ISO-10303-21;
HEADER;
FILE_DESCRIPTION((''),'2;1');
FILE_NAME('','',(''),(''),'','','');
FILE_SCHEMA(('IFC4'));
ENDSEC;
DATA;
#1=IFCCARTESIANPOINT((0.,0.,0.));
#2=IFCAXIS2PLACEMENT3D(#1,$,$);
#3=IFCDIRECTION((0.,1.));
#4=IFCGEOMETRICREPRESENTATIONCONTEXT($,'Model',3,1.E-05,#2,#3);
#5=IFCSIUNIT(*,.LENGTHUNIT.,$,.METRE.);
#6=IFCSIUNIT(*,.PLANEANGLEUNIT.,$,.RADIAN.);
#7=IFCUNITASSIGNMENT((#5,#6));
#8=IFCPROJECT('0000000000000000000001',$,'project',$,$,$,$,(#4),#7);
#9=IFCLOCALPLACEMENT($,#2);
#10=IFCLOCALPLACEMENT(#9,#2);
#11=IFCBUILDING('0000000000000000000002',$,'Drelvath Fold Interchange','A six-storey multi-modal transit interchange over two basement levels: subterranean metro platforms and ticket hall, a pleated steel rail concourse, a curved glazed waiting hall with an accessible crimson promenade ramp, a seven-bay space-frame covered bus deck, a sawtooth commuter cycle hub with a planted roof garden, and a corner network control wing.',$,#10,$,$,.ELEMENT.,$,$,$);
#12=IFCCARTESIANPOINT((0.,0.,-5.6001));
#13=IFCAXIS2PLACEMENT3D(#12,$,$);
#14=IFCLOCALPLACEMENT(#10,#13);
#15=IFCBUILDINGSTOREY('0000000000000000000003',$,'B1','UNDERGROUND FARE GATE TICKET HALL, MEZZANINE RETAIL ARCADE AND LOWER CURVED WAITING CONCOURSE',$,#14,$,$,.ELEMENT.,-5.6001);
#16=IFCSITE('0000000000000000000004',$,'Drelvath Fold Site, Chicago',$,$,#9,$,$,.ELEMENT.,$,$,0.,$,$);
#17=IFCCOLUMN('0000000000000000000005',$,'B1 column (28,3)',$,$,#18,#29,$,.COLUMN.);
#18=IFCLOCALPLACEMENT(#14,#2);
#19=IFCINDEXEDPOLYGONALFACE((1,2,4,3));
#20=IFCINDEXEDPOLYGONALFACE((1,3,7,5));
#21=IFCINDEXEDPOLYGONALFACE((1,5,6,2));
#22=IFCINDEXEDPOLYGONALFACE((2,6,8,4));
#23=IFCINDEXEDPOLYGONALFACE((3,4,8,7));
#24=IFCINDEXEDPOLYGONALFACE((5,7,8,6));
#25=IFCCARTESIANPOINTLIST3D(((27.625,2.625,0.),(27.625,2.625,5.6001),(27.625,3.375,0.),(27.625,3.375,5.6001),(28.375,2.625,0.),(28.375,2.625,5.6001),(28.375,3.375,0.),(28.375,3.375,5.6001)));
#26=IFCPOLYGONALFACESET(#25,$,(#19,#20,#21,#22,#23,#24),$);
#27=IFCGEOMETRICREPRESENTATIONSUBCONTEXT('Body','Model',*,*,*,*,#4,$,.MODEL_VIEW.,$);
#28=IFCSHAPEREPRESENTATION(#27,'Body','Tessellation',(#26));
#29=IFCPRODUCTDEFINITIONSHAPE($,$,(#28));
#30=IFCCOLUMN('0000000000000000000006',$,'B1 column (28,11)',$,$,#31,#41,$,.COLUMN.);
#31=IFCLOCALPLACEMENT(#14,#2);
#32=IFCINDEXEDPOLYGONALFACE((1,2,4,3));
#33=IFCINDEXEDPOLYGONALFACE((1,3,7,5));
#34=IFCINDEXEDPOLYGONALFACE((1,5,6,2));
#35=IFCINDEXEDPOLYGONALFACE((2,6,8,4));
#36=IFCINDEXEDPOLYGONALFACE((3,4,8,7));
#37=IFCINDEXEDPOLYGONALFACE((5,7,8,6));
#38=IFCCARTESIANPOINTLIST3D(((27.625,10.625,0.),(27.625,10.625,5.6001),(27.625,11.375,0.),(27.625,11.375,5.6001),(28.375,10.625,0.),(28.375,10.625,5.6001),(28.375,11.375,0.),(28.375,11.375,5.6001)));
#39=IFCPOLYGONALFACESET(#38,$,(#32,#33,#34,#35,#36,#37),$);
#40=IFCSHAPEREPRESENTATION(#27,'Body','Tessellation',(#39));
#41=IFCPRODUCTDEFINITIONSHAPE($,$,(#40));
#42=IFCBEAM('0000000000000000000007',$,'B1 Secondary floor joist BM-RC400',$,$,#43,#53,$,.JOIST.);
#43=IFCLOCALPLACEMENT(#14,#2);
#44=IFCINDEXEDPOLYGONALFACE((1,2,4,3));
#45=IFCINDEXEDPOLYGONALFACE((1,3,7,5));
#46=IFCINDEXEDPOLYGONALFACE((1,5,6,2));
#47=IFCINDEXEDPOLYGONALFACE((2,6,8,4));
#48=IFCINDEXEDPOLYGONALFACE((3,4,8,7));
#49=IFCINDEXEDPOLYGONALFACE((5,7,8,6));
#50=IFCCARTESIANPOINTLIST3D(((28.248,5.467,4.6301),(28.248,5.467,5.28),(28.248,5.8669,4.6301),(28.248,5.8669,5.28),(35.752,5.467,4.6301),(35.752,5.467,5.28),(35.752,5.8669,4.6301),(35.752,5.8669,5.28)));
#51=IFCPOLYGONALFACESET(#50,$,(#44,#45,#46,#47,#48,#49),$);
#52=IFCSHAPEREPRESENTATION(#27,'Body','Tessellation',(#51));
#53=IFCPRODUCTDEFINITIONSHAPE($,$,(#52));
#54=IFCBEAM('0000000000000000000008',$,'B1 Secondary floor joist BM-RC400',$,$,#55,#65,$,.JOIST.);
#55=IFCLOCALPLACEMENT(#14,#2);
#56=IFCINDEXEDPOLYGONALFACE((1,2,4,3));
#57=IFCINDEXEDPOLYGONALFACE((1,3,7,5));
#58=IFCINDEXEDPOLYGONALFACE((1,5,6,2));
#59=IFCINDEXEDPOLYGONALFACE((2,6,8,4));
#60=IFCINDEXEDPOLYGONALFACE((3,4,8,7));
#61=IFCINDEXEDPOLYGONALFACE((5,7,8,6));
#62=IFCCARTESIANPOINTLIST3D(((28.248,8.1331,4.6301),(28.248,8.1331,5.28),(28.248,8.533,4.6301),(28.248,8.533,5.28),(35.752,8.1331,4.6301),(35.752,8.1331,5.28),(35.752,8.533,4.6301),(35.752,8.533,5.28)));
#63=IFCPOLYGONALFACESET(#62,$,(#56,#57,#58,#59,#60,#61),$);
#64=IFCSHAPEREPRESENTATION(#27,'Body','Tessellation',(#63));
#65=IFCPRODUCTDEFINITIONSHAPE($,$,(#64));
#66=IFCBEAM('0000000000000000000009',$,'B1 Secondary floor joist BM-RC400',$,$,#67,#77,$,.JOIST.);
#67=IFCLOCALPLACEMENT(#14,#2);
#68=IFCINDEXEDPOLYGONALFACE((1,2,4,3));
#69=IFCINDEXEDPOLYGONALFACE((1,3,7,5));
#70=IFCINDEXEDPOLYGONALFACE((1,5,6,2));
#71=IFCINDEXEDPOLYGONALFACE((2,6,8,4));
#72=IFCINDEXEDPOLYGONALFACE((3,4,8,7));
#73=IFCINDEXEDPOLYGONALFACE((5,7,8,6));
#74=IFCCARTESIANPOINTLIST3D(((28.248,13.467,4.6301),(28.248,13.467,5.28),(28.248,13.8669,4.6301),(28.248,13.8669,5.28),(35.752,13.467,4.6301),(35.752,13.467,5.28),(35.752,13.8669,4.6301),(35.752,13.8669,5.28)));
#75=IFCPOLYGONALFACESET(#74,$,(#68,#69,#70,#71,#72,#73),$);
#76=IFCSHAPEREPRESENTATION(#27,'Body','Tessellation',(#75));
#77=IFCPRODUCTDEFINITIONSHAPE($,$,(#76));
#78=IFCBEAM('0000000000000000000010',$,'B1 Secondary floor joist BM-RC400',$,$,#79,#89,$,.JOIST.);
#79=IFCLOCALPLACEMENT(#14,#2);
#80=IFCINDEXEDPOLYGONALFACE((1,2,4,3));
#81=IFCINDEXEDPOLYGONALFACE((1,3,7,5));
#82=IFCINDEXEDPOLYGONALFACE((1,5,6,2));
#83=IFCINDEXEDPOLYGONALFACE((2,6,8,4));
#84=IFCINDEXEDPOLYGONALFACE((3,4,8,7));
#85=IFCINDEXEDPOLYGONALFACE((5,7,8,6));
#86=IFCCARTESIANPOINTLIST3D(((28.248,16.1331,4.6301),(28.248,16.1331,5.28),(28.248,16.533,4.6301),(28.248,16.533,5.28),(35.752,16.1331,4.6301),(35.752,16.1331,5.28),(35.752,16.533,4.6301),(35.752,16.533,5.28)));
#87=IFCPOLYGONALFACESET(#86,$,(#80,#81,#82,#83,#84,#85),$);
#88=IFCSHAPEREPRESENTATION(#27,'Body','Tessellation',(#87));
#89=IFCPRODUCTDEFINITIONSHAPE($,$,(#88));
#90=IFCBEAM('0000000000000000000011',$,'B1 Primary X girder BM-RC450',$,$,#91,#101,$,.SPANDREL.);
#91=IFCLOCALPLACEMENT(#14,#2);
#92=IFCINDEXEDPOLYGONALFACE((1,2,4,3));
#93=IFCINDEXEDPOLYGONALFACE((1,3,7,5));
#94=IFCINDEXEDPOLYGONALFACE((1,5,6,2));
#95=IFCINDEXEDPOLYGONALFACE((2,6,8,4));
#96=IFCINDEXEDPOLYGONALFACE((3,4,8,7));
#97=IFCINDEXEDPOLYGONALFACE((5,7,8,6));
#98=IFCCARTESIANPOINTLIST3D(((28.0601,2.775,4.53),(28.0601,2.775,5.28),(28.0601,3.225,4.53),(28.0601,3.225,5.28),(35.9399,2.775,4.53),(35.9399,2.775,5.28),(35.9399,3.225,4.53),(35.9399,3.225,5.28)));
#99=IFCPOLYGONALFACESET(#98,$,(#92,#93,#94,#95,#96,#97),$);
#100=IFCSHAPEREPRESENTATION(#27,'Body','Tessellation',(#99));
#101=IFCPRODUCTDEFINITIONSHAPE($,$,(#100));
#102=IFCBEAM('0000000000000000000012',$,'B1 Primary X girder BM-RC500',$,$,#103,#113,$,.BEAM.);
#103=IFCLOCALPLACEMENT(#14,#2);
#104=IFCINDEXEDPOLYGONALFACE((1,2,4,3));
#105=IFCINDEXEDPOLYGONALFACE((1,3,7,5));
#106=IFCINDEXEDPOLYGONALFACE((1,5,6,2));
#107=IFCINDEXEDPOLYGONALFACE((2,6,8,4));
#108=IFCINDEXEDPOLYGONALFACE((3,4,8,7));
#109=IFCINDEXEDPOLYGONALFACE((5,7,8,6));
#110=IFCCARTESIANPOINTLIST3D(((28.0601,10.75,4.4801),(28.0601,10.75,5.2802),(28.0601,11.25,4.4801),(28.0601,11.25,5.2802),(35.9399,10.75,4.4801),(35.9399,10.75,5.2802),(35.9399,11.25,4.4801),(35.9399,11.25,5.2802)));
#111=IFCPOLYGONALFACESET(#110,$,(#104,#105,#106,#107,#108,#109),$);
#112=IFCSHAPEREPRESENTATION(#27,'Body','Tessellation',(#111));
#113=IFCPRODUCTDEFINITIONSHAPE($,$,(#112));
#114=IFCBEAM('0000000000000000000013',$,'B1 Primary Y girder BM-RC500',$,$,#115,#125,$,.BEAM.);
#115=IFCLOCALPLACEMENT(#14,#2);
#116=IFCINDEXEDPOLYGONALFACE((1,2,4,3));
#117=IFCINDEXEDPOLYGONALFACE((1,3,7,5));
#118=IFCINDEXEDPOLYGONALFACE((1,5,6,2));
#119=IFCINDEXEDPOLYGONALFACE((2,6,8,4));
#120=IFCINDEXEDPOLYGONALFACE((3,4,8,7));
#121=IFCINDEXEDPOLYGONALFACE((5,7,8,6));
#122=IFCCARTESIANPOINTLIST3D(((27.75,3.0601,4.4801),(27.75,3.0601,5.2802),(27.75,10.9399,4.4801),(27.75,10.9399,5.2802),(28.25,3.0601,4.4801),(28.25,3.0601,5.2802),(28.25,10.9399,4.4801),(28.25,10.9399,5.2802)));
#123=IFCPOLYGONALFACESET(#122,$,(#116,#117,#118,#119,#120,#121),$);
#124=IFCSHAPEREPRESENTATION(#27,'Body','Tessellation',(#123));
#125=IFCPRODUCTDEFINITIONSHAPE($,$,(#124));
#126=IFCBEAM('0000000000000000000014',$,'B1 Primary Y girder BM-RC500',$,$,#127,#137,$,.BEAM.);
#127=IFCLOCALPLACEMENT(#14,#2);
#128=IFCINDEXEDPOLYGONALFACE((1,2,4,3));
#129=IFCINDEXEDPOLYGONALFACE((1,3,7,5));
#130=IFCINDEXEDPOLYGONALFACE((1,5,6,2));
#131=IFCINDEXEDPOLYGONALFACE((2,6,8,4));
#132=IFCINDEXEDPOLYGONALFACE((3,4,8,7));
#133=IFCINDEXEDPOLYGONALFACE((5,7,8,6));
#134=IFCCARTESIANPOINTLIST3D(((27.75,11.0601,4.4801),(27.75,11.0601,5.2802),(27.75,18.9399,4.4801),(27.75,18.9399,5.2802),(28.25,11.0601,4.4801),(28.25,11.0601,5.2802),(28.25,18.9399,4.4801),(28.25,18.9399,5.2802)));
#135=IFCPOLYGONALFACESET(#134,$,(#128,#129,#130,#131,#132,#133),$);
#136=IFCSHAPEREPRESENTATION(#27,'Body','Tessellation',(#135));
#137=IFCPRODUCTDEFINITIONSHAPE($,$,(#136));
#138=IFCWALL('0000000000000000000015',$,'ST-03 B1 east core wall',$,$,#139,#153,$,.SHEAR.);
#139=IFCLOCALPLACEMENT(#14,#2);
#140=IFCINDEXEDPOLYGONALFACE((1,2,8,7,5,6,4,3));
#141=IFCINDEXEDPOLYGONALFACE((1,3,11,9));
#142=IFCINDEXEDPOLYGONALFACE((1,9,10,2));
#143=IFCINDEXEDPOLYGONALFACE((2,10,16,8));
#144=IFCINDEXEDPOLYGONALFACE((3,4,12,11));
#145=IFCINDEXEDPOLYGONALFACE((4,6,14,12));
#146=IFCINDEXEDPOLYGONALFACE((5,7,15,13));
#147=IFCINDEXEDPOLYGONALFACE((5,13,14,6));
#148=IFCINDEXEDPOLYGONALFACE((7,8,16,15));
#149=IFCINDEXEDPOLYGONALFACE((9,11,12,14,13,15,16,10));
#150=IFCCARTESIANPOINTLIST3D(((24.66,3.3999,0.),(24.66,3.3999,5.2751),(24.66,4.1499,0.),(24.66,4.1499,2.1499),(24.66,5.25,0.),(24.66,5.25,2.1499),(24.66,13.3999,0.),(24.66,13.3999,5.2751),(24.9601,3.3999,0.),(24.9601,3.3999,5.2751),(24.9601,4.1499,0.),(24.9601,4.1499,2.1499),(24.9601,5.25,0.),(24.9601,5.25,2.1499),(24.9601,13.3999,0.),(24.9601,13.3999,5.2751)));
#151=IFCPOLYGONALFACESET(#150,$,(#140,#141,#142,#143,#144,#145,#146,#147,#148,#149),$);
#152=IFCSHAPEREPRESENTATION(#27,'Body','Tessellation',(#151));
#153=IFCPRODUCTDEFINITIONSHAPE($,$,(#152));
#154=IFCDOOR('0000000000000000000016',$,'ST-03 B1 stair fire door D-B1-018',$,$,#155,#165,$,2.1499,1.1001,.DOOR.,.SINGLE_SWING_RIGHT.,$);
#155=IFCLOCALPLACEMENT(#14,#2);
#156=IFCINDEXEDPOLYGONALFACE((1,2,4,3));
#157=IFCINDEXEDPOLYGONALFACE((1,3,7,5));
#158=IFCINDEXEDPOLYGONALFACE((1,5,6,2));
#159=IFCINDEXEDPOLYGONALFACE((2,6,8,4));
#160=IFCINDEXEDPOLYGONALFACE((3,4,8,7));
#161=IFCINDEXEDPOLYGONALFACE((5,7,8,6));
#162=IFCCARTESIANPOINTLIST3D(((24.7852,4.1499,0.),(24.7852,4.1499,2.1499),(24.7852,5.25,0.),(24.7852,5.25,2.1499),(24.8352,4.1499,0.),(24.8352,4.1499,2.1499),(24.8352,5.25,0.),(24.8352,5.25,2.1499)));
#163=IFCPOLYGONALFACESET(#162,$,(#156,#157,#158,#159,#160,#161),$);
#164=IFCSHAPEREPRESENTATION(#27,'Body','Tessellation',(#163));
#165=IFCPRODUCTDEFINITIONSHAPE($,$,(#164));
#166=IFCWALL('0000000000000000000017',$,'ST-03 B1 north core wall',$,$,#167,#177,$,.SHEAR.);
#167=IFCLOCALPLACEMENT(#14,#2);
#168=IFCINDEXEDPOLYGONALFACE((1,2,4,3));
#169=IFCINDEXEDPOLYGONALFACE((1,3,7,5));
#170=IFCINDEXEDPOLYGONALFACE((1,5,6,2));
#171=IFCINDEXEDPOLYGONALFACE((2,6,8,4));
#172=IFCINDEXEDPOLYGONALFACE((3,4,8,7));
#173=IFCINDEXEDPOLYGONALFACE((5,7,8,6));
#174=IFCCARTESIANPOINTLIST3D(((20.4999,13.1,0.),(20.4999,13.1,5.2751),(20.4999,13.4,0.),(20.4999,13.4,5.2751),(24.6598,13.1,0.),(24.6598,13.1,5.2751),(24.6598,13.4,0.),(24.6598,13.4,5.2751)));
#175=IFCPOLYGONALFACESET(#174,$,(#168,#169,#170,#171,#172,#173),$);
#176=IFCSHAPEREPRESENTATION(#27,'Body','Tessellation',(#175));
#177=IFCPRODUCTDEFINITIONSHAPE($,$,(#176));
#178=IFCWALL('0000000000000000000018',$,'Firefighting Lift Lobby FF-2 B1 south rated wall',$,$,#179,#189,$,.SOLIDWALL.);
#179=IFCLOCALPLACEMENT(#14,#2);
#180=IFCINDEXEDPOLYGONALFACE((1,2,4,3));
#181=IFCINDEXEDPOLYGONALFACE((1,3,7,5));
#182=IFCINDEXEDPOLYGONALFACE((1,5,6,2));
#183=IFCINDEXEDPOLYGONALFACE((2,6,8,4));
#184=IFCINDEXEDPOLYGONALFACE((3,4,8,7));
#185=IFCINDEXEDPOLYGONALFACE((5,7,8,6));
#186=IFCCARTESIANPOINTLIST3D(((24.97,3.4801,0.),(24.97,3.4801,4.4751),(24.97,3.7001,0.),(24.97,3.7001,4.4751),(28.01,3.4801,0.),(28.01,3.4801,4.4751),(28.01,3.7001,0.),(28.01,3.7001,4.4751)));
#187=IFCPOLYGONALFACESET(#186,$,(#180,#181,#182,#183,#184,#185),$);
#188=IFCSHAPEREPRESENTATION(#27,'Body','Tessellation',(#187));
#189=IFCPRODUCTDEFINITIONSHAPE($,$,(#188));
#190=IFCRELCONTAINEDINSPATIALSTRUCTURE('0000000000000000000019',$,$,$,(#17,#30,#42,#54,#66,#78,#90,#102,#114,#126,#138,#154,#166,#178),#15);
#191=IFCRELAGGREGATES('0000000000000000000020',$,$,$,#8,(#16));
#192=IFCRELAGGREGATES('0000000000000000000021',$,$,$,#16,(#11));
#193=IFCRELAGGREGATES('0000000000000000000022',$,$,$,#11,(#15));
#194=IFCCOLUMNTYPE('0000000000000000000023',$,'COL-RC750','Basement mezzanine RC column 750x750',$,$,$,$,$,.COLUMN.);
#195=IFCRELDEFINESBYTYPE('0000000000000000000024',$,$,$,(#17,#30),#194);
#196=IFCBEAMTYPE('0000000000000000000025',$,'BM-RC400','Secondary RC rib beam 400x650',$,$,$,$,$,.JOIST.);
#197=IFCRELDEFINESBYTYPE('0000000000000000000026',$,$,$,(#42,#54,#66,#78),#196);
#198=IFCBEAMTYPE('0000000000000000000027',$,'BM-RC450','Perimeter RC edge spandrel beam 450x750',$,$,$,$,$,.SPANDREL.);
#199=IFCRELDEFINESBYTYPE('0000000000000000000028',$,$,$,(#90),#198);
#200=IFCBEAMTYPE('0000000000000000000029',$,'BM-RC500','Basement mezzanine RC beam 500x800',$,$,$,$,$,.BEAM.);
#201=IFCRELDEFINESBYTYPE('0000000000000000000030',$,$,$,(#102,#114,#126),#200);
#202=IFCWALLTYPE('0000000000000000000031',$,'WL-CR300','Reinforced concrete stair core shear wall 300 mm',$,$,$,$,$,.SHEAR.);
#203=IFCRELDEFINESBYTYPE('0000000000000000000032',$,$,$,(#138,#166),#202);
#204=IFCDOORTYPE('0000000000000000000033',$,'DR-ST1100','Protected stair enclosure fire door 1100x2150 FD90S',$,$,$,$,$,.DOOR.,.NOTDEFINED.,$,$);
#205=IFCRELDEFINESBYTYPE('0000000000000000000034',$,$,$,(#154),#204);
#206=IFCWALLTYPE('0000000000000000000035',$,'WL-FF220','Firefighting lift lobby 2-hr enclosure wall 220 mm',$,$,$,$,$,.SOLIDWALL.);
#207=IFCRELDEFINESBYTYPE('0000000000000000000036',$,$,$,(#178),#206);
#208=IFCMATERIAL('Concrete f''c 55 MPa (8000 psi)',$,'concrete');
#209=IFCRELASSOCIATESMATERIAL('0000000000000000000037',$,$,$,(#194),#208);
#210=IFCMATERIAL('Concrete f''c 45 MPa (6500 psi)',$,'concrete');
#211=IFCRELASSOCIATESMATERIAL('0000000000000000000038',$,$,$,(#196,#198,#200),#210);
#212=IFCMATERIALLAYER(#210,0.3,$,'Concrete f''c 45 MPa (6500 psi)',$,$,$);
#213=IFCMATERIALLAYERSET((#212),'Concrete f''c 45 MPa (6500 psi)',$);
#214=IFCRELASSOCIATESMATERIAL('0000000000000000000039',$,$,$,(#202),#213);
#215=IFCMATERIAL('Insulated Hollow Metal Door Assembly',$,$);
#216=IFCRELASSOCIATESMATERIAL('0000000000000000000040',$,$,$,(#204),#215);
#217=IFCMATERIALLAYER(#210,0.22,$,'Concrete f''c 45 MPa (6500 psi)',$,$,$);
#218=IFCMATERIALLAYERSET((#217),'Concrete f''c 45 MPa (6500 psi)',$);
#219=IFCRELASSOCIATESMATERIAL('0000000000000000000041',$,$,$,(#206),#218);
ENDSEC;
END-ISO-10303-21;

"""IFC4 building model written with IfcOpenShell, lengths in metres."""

from ifc_helpers import new_model, si_unit, direction, frame, frame_2d, origin, origin_2d, place, context, subcontext, project, spatial, rectangle, extrude, material, layer, layer_set, material_profile, profile_set, type_object, element, fill, save


model = new_model("IFC4")

# Units and contexts
model_context = context("Model", 3, precision=1e-05, world=origin(), true_north=direction((0.0, 1.0)))
body_context = subcontext(model_context, "Body", "Model", "MODEL_VIEW")
ifc_project = project(units=[si_unit("LENGTHUNIT", "METRE"), si_unit("PLANEANGLEUNIT", "RADIAN")], contexts=[model_context])

# Site, building, storey
site_placement = place(None, origin())
site = spatial("IfcSite", under=ifc_project, at=site_placement, Name="Drelvath Fold Site, Chicago", CompositionType="ELEMENT", RefElevation=0.0)
building_placement = place(site_placement, origin())
building = spatial("IfcBuilding", under=site, at=building_placement, Name="Drelvath Fold Interchange", Description="A six-storey multi-modal transit interchange over two basement levels: subterranean metro platforms and ticket hall, a pleated steel rail concourse, a curved glazed waiting hall with an accessible crimson promenade ramp, a seven-bay space-frame covered bus deck, a sawtooth commuter cycle hub with a planted roof garden, and a corner network control wing.", CompositionType="ELEMENT")
storey_placement = place(building_placement, frame((0.0, 0.0, -5.6001)))
storey = spatial("IfcBuildingStorey", under=building, at=storey_placement, Name="B1", Description="UNDERGROUND FARE GATE TICKET HALL, MEZZANINE RETAIL ARCADE AND LOWER CURVED WAITING CONCOURSE", CompositionType="ELEMENT", Elevation=-5.6001)

# Columns
ifc_material_1 = material(Name="Concrete f'c 55 MPa (8000 psi)", Category="concrete")
ifc_material_profile_1 = material_profile(ifc_material_1, rectangle(XDim=0.75, YDim=0.75, at=origin_2d()), Name="RC 750x750")
ifc_profile_set_1 = profile_set([ifc_material_profile_1], Name="Concrete f'c 55 MPa (8000 psi)")
column_type = type_object("IfcColumnType", Name="COL-RC750", Description="Basement mezzanine RC column 750x750", PredefinedType="COLUMN", material=ifc_profile_set_1)
for number, where, z_axis, x_axis, name in (
    (1, (28.0, 3.0, 0.0), (0.0, 0.0, 1.0), (1.0, 0.0, 0.0), "B1 column (28,3)"),
    (2, (28.0, 11.0, 0.0), (0.0, 0.0, 1.0), (1.0, 0.0, 0.0), "B1 column (28,11)"),
):
    element("IfcColumn", number, at=place(storey_placement, frame(where, z_axis=z_axis, x_axis=x_axis)), inside=storey, type_object=column_type, Name=name, PredefinedType="COLUMN", context=body_context, shape_type="SweptSolid", body=[
        extrude(rectangle(XDim=0.75, YDim=0.75, at=origin_2d()), origin(), (0.0, 0.0, 1.0), 5.6001),
    ])

# Beams
ifc_material_2 = material(Name="Concrete f'c 45 MPa (6500 psi)", Category="concrete")
ifc_material_profile_2 = material_profile(ifc_material_2, rectangle(XDim=0.3999, YDim=0.6499, at=origin_2d()), Name="RC 400x650")
ifc_profile_set_2 = profile_set([ifc_material_profile_2], Name="Concrete f'c 45 MPa (6500 psi)")
beam_type_1 = type_object("IfcBeamType", Name="BM-RC400", Description="Secondary RC rib beam 400x650", PredefinedType="JOIST", material=ifc_profile_set_2)
for number, where, z_axis, x_axis, name in (
    (3, (28.248, 5.667, 4.9551), (1.0, 0.0, 0.0), (0.0, 1.0, 0.0), "B1 Secondary floor joist BM-RC400"),
    (4, (28.248, 8.333, 4.9551), (1.0, 0.0, 0.0), (0.0, 1.0, 0.0), "B1 Secondary floor joist BM-RC400"),
    (5, (28.248, 13.667, 4.9551), (1.0, 0.0, 0.0), (0.0, 1.0, 0.0), "B1 Secondary floor joist BM-RC400"),
    (6, (28.248, 16.333, 4.9551), (1.0, 0.0, 0.0), (0.0, 1.0, 0.0), "B1 Secondary floor joist BM-RC400"),
):
    element("IfcBeam", number, at=place(storey_placement, frame(where, z_axis=z_axis, x_axis=x_axis)), inside=storey, type_object=beam_type_1, Name=name, PredefinedType="JOIST", context=body_context, shape_type="SweptSolid", body=[
        extrude(rectangle(XDim=0.3999, YDim=0.6499, at=origin_2d()), origin(), (0.0, 0.0, 1.0), 7.5039),
    ])
ifc_material_profile_3 = material_profile(ifc_material_2, rectangle(XDim=0.45, YDim=0.75, at=origin_2d()), Name="RC 450x750")
ifc_profile_set_3 = profile_set([ifc_material_profile_3], Name="Concrete f'c 45 MPa (6500 psi)")
beam_type_2 = type_object("IfcBeamType", Name="BM-RC450", Description="Perimeter RC edge spandrel beam 450x750", PredefinedType="SPANDREL", material=ifc_profile_set_3)
beam_placement = place(storey_placement, frame((28.0601, 3.0, 4.905), z_axis=(1.0, 0.0, 0.0), x_axis=(0.0, 1.0, 0.0)))
element("IfcBeam", 7, at=beam_placement, inside=storey, type_object=beam_type_2, Name="B1 Primary X girder BM-RC450", PredefinedType="SPANDREL", context=body_context, shape_type="SweptSolid", body=[
    extrude(rectangle(XDim=0.45, YDim=0.75, at=origin_2d()), origin(), (0.0, 0.0, 1.0), 7.8799),
])
ifc_material_profile_4 = material_profile(ifc_material_2, rectangle(XDim=0.5, YDim=0.8, at=origin_2d()), Name="RC 500x800")
ifc_profile_set_4 = profile_set([ifc_material_profile_4], Name="Concrete f'c 45 MPa (6500 psi)")
beam_type_3 = type_object("IfcBeamType", Name="BM-RC500", Description="Basement mezzanine RC beam 500x800", PredefinedType="BEAM", material=ifc_profile_set_4)
for number, where, z_axis, x_axis, name in (
    (8, (28.0601, 11.0, 4.8801), (1.0, 0.0, 0.0), (0.0, 1.0, 0.0), "B1 Primary X girder BM-RC500"),
    (9, (28.0, 3.0601, 4.8801), (0.0, 1.0, 0.0), (-1.0, 0.0, 0.0), "B1 Primary Y girder BM-RC500"),
    (10, (28.0, 11.0601, 4.8801), (0.0, 1.0, 0.0), (-1.0, 0.0, 0.0), "B1 Primary Y girder BM-RC500"),
):
    element("IfcBeam", number, at=place(storey_placement, frame(where, z_axis=z_axis, x_axis=x_axis)), inside=storey, type_object=beam_type_3, Name=name, PredefinedType="BEAM", context=body_context, shape_type="SweptSolid", body=[
        extrude(rectangle(XDim=0.5, YDim=0.8, at=origin_2d()), origin(), (0.0, 0.0, 1.0), 7.8799),
    ])

# Wall, opening, door
ifc_layer_1 = layer(ifc_material_2, 0.3, Name="Concrete f'c 45 MPa (6500 psi)")
ifc_layer_set_1 = layer_set([ifc_layer_1], Name="Concrete f'c 45 MPa (6500 psi)")
wall_type_1 = type_object("IfcWallType", Name="WL-CR300", Description="Reinforced concrete stair core shear wall 300 mm", PredefinedType="SHEAR", material=ifc_layer_set_1)
wall_1_placement = place(storey_placement, frame((24.8101, 3.3999, 0.0), z_axis=(0.0, 0.0, 1.0), x_axis=(0.0, 1.0, 0.0)))
wall_1 = element("IfcWall", 11, at=wall_1_placement, inside=storey, type_object=wall_type_1, Name="ST-03 B1 east core wall", PredefinedType="SHEAR", context=body_context, shape_type="SweptSolid", body=[
    extrude(rectangle(XDim=10.0, YDim=0.3, at=frame_2d((5.0, 0.0))), origin(), (0.0, 0.0, 1.0), 5.2751),
])
opening_1_placement = place(wall_1_placement, frame((0.75, 0.0, 0.0)))
opening_1 = element("IfcOpeningElement", 12, at=opening_1_placement, cuts=wall_1, PredefinedType="OPENING", context=body_context, shape_type="SweptSolid", body=[
    extrude(rectangle(XDim=1.1001, YDim=2.1499, at=frame_2d((0.55, 1.075))), frame((0.0, 0.1599, 0.0), z_axis=(0.0, -1.0, 0.0), x_axis=(1.0, 0.0, 0.0)), (0.0, 0.0, 1.0), 0.3201),
])
ifc_material_3 = material(Name="Insulated Hollow Metal Door Assembly")
door_type_1 = type_object("IfcDoorType", Name="DR-ST1100", Description="Protected stair enclosure fire door 1100x2150 FD90S", OperationType="NOTDEFINED", PredefinedType="DOOR", material=ifc_material_3)
door_1_placement = place(opening_1_placement, origin())
door_1 = element("IfcDoor", 13, at=door_1_placement, inside=storey, type_object=door_type_1, Name="ST-03 B1 stair fire door D-B1-018", OperationType="SINGLE_SWING_RIGHT", OverallHeight=2.1499, OverallWidth=1.1001, PredefinedType="DOOR", context=body_context, shape_type="SweptSolid", body=[
    extrude(rectangle(XDim=1.1001, YDim=2.1499, at=frame_2d((0.55, 1.075))), frame((0.0, 0.0249, 0.0), z_axis=(0.0, -1.0, 0.0), x_axis=(1.0, 0.0, 0.0)), (0.0, 0.0, 1.0), 0.05),
])
fill(opening_1, door_1)

# Walls
wall_2_placement = place(storey_placement, frame((24.6599, 13.25, 0.0), z_axis=(0.0, 0.0, 1.0), x_axis=(-1.0, 0.0, 0.0)))
element("IfcWall", 14, at=wall_2_placement, inside=storey, type_object=wall_type_1, Name="ST-03 B1 north core wall", PredefinedType="SHEAR", context=body_context, shape_type="SweptSolid", body=[
    extrude(rectangle(XDim=4.1599, YDim=0.3, at=frame_2d((2.0801, 0.0))), origin(), (0.0, 0.0, 1.0), 5.2751),
])
ifc_layer_2 = layer(ifc_material_2, 0.22, Name="Concrete f'c 45 MPa (6500 psi)")
ifc_layer_set_2 = layer_set([ifc_layer_2], Name="Concrete f'c 45 MPa (6500 psi)")
wall_type_2 = type_object("IfcWallType", Name="WL-FF220", Description="Firefighting lift lobby 2-hr enclosure wall 220 mm", PredefinedType="SOLIDWALL", material=ifc_layer_set_2)
wall_3_placement = place(storey_placement, frame((24.97, 3.5901, 0.0), z_axis=(0.0, 0.0, 1.0), x_axis=(1.0, 0.0, 0.0)))
element("IfcWall", 15, at=wall_3_placement, inside=storey, type_object=wall_type_2, Name="Firefighting Lift Lobby FF-2 B1 south rated wall", PredefinedType="SOLIDWALL", context=body_context, shape_type="SweptSolid", body=[
    extrude(rectangle(XDim=3.04, YDim=0.22, at=frame_2d((1.52, 0.0))), origin(), (0.0, 0.0, 1.0), 4.4751),
])

save(model, "model.ifc")
